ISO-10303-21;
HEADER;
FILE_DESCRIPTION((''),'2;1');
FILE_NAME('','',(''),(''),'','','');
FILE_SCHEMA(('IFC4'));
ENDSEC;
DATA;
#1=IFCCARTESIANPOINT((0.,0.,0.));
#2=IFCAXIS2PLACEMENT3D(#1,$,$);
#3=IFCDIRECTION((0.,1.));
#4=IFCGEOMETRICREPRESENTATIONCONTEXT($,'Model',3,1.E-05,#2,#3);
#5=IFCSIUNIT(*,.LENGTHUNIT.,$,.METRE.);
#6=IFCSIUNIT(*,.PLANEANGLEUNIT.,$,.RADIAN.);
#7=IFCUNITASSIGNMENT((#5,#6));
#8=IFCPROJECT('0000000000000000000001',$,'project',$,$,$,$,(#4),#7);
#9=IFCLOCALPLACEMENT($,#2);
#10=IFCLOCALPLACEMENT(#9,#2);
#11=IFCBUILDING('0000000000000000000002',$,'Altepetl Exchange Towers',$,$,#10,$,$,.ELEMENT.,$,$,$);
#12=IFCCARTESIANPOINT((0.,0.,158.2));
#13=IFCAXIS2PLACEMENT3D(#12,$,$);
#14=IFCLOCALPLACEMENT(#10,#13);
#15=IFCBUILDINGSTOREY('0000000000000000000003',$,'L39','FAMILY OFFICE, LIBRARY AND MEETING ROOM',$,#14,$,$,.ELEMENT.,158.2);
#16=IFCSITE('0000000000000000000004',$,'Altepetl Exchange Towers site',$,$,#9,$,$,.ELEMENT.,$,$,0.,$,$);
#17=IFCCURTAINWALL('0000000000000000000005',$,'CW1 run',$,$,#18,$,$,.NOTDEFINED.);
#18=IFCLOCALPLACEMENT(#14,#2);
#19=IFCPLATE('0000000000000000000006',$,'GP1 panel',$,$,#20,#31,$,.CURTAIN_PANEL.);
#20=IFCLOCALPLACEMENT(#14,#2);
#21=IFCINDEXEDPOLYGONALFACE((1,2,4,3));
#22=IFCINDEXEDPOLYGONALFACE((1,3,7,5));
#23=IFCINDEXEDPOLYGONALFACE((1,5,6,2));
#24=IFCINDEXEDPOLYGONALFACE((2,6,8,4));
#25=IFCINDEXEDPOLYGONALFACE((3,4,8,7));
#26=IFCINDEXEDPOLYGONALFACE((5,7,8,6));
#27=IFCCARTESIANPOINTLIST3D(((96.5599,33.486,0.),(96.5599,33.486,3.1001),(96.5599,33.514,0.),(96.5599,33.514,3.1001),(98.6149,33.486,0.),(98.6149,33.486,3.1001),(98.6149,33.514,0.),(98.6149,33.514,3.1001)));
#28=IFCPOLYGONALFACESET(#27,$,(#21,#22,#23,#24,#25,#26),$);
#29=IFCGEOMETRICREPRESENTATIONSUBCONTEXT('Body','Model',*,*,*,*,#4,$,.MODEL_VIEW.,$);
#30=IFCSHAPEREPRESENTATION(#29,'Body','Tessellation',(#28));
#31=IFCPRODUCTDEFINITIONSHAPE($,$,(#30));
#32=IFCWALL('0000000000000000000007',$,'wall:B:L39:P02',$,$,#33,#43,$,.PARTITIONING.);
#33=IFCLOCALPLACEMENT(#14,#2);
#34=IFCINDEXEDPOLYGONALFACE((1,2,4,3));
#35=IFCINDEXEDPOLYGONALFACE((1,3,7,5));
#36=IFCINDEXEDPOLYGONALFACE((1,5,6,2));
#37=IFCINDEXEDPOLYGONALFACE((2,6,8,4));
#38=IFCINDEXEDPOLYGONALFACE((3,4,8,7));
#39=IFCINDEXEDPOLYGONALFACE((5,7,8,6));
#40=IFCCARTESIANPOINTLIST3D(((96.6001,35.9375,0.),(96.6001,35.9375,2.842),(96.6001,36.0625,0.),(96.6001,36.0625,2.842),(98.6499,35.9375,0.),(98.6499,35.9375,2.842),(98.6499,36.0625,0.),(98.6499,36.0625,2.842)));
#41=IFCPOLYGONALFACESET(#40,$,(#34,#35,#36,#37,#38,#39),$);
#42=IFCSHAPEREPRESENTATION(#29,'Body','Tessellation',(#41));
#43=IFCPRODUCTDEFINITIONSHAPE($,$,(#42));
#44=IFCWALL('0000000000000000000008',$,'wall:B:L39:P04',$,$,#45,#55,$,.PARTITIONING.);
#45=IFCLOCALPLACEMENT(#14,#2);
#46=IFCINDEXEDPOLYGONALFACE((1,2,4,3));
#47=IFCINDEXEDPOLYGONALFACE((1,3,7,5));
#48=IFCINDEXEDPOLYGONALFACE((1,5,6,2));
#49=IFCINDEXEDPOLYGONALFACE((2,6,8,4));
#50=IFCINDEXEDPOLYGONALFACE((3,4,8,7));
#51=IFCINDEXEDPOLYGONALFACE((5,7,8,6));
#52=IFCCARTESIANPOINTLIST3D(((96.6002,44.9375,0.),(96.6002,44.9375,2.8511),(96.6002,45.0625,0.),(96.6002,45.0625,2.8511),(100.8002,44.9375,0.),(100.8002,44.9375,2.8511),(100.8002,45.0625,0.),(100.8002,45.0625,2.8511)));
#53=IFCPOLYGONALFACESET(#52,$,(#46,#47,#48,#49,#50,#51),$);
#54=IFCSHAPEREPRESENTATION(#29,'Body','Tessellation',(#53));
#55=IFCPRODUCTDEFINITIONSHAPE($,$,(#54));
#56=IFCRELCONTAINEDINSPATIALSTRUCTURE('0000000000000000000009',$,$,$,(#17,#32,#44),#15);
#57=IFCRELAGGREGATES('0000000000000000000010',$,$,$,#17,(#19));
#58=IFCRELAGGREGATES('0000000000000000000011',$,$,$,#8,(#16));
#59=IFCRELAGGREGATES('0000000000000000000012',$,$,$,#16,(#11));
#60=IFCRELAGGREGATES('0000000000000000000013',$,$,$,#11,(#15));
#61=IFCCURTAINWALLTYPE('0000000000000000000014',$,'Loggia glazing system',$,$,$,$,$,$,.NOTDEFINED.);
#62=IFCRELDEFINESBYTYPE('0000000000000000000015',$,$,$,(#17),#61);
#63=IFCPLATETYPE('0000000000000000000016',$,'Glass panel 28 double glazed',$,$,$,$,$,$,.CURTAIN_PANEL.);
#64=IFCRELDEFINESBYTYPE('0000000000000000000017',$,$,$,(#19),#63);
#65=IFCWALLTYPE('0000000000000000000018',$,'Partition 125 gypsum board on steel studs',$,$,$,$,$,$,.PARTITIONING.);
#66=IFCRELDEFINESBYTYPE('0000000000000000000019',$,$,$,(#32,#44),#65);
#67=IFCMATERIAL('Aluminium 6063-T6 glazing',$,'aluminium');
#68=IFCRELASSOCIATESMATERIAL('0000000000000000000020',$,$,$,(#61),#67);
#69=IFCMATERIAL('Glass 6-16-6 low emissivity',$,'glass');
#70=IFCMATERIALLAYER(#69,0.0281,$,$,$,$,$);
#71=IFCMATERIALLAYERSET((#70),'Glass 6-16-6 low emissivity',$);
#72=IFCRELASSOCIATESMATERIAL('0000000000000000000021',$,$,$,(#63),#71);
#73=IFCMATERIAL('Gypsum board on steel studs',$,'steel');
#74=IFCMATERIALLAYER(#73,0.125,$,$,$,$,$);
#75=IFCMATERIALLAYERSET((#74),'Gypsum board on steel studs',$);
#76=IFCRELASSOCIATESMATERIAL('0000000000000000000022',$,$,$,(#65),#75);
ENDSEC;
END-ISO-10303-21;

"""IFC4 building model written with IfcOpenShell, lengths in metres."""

from ifc_helpers import new_model, si_unit, direction, frame, frame_2d, origin, origin_2d, place, context, subcontext, project, spatial, rectangle, extrude, material, layer, layer_set, type_object, element, aggregate, save


model = new_model("IFC4")

# Units and contexts
model_context = context("Model", 3, precision=1e-05, world=origin(), true_north=direction((0.0, 1.0)))
body_context = subcontext(model_context, "Body", "Model", "MODEL_VIEW")
ifc_project = project(units=[si_unit("LENGTHUNIT", "METRE"), si_unit("PLANEANGLEUNIT", "RADIAN")], contexts=[model_context])

# Site, building, storey
site_placement = place(None, origin())
site = spatial("IfcSite", under=ifc_project, at=site_placement, Name="Altepetl Exchange Towers site", CompositionType="ELEMENT", RefElevation=0.0)
building_placement = place(site_placement, origin())
building = spatial("IfcBuilding", under=site, at=building_placement, Name="Altepetl Exchange Towers", CompositionType="ELEMENT")
storey_placement = place(building_placement, frame((0.0, 0.0, 158.2)))
storey = spatial("IfcBuildingStorey", under=building, at=storey_placement, Name="L39", Description="FAMILY OFFICE, LIBRARY AND MEETING ROOM", CompositionType="ELEMENT", Elevation=158.2)

# Curtain wall
ifc_material_1 = material(Name="Aluminium 6063-T6 glazing", Category="aluminium")
curtain_wall_type = type_object("IfcCurtainWallType", Name="Loggia glazing system", PredefinedType="NOTDEFINED", material=ifc_material_1)
curtain_wall_1_placement = place(storey_placement, origin())
curtain_wall_1 = element("IfcCurtainWall", 1, at=curtain_wall_1_placement, inside=storey, type_object=curtain_wall_type, Name="CW1 run", PredefinedType="NOTDEFINED")

# Plate
ifc_material_2 = material(Name="Glass 6-16-6 low emissivity", Category="glass")
ifc_layer_1 = layer(ifc_material_2, 0.0281)
ifc_layer_set_1 = layer_set([ifc_layer_1], Name="Glass 6-16-6 low emissivity")
plate_type = type_object("IfcPlateType", Name="Glass panel 28 double glazed", PredefinedType="CURTAIN_PANEL", material=ifc_layer_set_1)
plate_1_placement = place(storey_placement, frame((97.5874, 33.5, 0.0)))
plate_1 = element("IfcPlate", 2, at=plate_1_placement, type_object=plate_type, Name="GP1 panel", PredefinedType="CURTAIN_PANEL", context=body_context, shape_type="SweptSolid", body=[
    extrude(rectangle(XDim=2.0549, YDim=0.0281, at=origin_2d()), origin(), (0.0, 0.0, 1.0), 3.1001),
])
aggregate(curtain_wall_1, [plate_1])

# Walls
ifc_material_3 = material(Name="Gypsum board on steel studs", Category="steel")
ifc_layer_2 = layer(ifc_material_3, 0.125)
ifc_layer_set_2 = layer_set([ifc_layer_2], Name="Gypsum board on steel studs")
wall_type = type_object("IfcWallType", Name="Partition 125 gypsum board on steel studs", PredefinedType="PARTITIONING", material=ifc_layer_set_2)
wall_1_placement = place(storey_placement, frame((96.6001, 36.0, 0.0)))
element("IfcWall", 3, at=wall_1_placement, inside=storey, type_object=wall_type, Name="wall:B:L39:P02", PredefinedType="PARTITIONING", context=body_context, shape_type="SweptSolid", body=[
    extrude(rectangle(XDim=2.0498, YDim=0.125, at=frame_2d((1.0249, 0.0))), origin(), (0.0, 0.0, 1.0), 2.842),
])
wall_2_placement = place(storey_placement, frame((96.6001, 45.0, 0.0)))
element("IfcWall", 4, at=wall_2_placement, inside=storey, type_object=wall_type, Name="wall:B:L39:P04", PredefinedType="PARTITIONING", context=body_context, shape_type="SweptSolid", body=[
    extrude(rectangle(XDim=4.2, YDim=0.125, at=frame_2d((2.1001, 0.0))), origin(), (0.0, 0.0, 1.0), 2.8511),
])

save(model, "model.ifc")
